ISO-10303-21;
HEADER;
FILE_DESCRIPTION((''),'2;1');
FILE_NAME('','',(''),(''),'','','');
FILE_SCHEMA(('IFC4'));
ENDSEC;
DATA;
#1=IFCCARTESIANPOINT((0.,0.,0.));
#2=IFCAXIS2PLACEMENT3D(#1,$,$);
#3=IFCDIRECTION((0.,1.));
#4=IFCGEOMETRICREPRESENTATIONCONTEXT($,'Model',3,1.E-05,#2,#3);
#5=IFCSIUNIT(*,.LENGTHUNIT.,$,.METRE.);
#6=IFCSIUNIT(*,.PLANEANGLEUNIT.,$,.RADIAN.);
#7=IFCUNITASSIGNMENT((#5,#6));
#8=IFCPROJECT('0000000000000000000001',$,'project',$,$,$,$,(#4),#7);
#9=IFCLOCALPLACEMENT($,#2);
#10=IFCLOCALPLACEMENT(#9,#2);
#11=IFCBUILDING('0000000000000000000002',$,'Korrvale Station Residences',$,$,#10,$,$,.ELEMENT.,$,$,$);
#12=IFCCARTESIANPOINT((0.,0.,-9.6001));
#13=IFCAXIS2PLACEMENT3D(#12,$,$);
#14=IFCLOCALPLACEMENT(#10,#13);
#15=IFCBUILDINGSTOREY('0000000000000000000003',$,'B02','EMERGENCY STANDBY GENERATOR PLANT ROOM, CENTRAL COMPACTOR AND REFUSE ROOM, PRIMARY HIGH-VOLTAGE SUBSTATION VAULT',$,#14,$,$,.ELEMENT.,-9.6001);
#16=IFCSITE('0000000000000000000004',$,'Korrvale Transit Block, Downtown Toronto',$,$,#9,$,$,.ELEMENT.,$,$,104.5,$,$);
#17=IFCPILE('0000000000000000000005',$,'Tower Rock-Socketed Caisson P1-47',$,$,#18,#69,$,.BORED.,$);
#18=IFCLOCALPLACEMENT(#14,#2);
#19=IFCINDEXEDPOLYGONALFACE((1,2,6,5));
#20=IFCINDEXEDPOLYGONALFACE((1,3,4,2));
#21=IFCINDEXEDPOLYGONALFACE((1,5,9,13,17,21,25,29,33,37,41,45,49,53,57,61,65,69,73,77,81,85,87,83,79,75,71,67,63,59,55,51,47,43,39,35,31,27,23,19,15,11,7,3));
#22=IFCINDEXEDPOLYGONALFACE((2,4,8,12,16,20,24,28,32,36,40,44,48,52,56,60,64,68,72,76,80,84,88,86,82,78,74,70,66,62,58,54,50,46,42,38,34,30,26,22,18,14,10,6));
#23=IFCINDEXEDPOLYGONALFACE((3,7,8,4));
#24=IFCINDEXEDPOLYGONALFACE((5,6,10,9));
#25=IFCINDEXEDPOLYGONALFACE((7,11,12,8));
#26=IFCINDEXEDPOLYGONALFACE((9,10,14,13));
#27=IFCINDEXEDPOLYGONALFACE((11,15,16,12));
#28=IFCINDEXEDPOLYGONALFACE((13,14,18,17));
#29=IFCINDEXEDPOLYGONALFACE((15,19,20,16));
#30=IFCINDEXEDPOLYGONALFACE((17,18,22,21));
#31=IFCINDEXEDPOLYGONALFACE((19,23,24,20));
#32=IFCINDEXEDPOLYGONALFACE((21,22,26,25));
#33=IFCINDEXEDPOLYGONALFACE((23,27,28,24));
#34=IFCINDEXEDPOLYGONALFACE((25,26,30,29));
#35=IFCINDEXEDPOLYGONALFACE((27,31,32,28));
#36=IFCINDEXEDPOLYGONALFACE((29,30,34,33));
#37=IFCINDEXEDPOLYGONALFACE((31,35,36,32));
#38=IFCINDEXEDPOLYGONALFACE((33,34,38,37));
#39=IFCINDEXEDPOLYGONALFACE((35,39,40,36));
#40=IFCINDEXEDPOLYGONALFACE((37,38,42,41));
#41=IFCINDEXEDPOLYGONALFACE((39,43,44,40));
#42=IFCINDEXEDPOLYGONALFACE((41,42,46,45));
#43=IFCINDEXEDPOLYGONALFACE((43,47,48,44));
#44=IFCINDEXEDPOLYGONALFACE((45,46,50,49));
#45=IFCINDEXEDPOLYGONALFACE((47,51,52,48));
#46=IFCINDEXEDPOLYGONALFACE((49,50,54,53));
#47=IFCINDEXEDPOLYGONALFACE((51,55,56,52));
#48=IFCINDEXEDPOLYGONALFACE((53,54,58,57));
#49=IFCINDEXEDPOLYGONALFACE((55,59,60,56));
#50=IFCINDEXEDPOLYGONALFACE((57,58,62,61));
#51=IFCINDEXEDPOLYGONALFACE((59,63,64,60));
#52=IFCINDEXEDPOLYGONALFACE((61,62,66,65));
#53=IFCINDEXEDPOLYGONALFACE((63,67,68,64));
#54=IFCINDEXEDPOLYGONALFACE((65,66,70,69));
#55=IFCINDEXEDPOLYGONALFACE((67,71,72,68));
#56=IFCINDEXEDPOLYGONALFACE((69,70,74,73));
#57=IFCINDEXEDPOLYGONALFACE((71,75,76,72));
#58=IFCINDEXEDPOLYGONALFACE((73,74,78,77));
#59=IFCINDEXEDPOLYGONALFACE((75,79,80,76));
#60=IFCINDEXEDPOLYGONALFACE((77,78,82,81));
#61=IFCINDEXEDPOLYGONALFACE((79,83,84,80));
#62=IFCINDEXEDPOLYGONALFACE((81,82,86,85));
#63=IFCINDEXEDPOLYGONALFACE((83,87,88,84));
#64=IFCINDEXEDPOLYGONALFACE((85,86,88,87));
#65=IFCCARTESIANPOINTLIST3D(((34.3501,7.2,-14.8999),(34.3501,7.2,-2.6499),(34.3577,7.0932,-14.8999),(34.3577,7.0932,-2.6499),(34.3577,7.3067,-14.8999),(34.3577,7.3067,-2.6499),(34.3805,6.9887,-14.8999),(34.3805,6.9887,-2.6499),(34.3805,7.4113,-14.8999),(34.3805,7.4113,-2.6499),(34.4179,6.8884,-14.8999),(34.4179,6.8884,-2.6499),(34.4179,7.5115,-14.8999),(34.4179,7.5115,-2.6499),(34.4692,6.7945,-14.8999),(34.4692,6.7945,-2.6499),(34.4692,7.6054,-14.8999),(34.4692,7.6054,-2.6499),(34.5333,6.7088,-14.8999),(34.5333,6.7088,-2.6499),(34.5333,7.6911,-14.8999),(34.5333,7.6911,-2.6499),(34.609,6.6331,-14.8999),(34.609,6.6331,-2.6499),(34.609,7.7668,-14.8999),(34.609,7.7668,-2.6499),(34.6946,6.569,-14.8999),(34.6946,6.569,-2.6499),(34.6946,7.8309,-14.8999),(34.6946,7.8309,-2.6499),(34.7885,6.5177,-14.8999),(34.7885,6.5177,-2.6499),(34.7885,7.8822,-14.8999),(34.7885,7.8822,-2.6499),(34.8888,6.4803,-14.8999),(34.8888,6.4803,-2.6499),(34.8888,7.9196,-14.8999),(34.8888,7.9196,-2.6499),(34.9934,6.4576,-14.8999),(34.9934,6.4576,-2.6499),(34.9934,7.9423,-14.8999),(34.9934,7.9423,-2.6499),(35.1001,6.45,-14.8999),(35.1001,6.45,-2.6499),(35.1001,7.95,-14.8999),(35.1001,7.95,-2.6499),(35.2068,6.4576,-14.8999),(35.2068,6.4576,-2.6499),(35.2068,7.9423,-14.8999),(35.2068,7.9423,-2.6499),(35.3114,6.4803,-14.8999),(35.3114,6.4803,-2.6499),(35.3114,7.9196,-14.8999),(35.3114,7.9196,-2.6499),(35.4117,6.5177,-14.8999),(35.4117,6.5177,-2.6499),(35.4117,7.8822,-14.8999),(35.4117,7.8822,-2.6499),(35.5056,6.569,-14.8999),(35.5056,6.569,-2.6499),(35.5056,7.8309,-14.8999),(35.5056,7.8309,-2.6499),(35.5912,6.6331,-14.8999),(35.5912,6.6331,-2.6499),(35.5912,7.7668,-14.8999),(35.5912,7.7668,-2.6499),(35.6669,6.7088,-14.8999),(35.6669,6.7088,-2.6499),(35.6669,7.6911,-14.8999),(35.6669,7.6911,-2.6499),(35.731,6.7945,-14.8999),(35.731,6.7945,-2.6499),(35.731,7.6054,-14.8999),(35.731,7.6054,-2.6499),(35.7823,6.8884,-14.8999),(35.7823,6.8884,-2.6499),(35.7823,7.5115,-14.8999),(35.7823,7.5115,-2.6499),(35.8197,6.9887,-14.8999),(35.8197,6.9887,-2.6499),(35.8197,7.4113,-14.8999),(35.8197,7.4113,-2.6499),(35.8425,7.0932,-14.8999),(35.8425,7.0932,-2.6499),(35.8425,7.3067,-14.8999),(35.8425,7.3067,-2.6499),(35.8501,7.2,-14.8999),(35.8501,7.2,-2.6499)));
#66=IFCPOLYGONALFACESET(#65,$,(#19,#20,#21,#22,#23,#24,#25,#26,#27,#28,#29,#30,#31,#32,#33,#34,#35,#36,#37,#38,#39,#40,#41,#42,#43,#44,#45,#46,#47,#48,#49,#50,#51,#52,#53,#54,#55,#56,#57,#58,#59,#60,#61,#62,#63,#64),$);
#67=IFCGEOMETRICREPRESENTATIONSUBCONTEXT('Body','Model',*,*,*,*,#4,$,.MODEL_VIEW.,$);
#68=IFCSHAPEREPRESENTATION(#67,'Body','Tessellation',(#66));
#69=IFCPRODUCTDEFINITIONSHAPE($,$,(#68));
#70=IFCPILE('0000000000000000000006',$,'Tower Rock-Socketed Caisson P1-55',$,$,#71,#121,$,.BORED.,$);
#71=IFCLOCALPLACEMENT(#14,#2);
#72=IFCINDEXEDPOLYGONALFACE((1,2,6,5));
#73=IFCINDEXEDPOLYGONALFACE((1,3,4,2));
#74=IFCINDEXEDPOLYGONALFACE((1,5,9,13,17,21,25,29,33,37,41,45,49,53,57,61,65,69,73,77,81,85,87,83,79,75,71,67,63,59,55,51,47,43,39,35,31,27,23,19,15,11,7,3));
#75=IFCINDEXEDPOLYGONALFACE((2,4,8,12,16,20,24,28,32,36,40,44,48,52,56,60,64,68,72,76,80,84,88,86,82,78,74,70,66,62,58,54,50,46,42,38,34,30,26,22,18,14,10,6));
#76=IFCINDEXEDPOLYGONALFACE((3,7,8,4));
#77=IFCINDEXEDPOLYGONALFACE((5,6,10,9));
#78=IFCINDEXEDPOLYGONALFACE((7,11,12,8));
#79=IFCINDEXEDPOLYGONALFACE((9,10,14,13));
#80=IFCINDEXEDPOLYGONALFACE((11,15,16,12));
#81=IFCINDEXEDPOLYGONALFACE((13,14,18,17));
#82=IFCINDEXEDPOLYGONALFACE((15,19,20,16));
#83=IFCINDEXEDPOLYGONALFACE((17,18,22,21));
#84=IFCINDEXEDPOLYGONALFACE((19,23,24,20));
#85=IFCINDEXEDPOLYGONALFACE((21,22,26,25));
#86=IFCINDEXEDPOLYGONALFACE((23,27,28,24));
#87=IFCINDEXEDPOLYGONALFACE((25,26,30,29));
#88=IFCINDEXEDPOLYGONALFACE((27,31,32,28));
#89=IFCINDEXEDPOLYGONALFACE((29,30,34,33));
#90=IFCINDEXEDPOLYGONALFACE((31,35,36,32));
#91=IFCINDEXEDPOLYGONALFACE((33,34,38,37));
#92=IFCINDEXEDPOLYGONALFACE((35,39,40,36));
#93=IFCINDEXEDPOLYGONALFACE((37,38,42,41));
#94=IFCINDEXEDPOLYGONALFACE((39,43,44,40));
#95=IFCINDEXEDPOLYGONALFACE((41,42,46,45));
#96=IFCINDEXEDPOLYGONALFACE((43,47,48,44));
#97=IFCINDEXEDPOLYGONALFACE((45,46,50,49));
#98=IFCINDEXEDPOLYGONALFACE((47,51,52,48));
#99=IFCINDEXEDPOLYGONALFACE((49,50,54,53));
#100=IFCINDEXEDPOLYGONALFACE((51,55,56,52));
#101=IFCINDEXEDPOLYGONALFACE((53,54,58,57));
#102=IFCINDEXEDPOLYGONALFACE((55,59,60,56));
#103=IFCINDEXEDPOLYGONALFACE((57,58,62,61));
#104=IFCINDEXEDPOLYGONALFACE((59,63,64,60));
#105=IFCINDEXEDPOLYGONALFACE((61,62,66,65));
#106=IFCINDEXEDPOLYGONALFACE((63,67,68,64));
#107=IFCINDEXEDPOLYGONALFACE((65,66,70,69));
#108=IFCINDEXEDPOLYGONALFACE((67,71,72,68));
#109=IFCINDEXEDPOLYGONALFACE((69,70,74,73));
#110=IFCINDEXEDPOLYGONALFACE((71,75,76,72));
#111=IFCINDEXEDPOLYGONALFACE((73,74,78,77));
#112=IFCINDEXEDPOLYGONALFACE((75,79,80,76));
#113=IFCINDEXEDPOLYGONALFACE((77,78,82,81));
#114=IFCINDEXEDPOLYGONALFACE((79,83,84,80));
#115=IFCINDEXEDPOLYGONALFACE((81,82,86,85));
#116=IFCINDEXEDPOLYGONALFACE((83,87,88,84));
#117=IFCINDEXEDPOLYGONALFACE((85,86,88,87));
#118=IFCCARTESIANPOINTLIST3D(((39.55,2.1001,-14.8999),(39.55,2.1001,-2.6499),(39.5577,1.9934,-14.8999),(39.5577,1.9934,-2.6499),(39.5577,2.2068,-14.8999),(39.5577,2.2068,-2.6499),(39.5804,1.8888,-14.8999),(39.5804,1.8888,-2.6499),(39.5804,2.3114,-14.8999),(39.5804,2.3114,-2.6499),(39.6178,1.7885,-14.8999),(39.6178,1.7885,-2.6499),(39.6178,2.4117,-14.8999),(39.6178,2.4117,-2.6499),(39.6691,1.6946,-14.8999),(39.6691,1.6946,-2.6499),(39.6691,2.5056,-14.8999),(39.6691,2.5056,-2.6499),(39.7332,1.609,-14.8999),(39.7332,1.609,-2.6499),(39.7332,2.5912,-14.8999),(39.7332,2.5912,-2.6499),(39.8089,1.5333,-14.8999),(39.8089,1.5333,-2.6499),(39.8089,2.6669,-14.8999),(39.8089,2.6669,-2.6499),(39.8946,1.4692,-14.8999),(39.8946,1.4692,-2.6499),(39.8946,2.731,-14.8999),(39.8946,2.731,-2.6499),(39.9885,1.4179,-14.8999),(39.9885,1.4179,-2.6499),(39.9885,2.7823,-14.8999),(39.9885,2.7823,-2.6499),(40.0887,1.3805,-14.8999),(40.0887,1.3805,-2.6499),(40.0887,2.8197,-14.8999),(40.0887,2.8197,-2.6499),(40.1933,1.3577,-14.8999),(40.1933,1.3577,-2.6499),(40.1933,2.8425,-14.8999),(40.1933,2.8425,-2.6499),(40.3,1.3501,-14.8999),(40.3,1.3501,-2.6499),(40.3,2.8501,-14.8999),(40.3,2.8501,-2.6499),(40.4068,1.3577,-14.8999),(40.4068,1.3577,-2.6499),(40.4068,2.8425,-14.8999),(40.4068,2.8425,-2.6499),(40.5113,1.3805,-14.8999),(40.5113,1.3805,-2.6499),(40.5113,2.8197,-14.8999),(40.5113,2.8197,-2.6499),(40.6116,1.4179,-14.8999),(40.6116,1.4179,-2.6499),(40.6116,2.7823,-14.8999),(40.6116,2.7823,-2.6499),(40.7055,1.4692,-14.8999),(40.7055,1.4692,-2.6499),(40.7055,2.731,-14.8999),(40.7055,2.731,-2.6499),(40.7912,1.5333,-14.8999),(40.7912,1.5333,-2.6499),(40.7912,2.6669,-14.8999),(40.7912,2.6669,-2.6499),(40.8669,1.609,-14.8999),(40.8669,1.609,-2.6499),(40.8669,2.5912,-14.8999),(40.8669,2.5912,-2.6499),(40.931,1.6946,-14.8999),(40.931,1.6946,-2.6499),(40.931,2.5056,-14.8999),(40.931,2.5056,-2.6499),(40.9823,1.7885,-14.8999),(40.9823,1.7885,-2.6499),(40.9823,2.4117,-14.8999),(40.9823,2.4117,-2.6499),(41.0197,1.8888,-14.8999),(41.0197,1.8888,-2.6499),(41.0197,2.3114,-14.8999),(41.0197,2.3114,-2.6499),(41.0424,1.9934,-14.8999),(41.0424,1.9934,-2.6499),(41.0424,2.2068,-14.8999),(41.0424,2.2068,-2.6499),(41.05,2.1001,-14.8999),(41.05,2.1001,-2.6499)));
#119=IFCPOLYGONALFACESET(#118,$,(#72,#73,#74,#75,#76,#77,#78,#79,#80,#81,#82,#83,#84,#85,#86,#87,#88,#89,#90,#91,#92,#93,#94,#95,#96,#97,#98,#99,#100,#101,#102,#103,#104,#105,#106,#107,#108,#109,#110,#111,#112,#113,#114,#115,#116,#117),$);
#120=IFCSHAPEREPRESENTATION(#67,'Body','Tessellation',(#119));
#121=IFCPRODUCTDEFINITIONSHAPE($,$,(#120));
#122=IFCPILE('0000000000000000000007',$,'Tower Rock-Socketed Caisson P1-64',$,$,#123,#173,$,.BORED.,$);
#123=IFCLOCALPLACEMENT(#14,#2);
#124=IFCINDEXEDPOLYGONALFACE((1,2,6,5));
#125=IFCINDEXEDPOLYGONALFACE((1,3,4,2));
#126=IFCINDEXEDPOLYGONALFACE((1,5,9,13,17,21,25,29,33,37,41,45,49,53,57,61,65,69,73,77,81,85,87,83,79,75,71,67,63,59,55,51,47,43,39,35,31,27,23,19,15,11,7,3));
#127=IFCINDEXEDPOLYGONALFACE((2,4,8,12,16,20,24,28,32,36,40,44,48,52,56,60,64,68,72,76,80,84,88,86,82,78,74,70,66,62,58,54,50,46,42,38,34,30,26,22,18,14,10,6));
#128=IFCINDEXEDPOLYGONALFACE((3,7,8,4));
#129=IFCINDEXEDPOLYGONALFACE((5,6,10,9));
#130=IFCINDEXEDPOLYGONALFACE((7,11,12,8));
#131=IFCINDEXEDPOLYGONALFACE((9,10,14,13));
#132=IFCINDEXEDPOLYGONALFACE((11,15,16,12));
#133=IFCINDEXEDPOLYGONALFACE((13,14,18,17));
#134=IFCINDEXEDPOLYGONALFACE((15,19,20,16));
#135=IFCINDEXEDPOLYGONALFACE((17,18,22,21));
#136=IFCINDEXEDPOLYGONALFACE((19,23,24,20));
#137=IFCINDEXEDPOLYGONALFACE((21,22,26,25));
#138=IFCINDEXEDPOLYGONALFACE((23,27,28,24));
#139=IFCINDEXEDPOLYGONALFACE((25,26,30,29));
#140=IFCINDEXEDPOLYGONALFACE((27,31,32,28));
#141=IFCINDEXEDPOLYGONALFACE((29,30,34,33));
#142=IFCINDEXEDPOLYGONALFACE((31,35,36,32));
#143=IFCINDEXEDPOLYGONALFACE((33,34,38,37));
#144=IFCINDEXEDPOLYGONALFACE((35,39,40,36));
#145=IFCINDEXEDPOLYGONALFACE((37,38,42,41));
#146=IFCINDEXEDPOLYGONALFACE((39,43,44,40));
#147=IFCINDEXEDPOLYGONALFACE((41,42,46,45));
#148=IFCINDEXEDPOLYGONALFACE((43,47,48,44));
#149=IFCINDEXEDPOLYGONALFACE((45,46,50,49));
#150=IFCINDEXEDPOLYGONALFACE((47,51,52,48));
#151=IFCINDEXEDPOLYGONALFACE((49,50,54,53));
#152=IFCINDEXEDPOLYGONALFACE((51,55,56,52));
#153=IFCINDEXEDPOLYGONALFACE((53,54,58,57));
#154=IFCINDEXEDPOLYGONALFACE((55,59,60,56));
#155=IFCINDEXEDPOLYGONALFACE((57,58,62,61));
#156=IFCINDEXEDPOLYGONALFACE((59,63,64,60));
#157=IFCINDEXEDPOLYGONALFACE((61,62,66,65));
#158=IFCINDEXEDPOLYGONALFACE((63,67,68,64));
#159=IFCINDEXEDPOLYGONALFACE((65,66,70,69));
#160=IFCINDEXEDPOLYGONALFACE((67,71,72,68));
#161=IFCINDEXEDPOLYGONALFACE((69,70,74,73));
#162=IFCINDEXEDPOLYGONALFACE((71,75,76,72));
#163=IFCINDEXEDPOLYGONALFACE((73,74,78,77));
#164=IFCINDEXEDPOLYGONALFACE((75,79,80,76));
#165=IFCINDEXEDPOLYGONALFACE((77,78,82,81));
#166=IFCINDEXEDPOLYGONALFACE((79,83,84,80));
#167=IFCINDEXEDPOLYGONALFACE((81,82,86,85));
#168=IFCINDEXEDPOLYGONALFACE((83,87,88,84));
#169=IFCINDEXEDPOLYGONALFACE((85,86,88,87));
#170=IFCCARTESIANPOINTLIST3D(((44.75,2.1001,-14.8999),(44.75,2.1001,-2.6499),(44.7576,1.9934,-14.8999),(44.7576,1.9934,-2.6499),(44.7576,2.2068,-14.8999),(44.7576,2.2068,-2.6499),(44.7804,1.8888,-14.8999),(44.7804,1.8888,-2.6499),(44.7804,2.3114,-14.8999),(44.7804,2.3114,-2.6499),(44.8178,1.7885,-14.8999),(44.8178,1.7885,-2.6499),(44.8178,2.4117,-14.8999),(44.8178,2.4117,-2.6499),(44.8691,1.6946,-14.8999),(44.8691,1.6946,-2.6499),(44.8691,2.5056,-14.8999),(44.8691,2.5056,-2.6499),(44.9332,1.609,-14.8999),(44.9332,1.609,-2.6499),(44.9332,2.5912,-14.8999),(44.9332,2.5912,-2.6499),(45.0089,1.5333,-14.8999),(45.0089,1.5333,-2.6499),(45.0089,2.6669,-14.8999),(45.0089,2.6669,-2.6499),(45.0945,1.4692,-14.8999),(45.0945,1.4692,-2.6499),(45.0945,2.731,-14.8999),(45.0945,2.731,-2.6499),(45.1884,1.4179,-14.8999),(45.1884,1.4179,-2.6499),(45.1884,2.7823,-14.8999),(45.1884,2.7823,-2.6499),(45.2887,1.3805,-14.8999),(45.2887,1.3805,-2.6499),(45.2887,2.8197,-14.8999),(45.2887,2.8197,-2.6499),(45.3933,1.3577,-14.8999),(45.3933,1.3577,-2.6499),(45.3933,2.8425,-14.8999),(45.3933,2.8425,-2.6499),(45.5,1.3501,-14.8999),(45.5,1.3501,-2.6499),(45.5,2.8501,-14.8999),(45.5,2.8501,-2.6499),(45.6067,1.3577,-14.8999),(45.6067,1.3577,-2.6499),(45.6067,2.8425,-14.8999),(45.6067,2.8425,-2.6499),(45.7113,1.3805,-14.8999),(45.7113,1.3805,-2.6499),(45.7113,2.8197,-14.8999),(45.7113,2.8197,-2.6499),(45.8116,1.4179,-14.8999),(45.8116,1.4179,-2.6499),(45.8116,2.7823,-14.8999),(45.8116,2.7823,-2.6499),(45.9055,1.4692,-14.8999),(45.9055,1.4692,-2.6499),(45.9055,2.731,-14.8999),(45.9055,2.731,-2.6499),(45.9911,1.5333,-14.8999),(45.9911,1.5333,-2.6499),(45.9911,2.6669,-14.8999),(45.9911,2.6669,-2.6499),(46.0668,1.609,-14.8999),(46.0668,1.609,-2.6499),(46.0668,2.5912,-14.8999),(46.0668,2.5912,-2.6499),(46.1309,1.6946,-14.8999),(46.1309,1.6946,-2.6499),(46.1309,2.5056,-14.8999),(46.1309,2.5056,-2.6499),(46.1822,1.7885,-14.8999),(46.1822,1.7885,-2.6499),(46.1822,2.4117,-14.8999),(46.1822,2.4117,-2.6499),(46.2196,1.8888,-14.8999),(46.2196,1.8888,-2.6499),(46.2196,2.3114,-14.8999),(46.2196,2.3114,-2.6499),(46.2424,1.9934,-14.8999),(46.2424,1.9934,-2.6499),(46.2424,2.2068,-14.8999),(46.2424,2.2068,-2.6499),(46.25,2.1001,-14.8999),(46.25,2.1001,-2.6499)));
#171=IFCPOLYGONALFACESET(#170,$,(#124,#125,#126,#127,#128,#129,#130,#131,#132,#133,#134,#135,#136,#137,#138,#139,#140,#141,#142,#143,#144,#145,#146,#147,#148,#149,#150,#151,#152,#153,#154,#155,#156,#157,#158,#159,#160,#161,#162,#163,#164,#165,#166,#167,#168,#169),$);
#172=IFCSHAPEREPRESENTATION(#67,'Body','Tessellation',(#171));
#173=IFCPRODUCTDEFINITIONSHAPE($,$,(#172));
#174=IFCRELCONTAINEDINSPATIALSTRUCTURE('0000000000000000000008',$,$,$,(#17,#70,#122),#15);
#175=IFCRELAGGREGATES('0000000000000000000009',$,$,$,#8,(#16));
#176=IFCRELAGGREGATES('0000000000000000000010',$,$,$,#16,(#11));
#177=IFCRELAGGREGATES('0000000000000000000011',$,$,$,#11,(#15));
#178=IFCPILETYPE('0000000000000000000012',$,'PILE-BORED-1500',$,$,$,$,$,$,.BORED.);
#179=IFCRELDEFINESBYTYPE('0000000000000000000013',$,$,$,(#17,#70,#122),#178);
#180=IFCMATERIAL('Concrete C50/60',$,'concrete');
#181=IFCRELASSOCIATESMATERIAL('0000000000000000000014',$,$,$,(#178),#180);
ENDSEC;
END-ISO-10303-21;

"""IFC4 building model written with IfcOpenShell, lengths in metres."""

from ifc_helpers import new_model, si_unit, direction, frame, origin, origin_2d, place, context, subcontext, project, spatial, circle, extrude, material, material_profile, profile_set, type_object, element, save


model = new_model("IFC4")

# Units and contexts
model_context = context("Model", 3, precision=1e-05, world=origin(), true_north=direction((0.0, 1.0)))
body_context = subcontext(model_context, "Body", "Model", "MODEL_VIEW")
ifc_project = project(units=[si_unit("LENGTHUNIT", "METRE"), si_unit("PLANEANGLEUNIT", "RADIAN")], contexts=[model_context])

# Site, building, storey
site_placement = place(None, origin())
site = spatial("IfcSite", under=ifc_project, at=site_placement, Name="Korrvale Transit Block, Downtown Toronto", CompositionType="ELEMENT", RefElevation=104.5)
building_placement = place(site_placement, origin())
building = spatial("IfcBuilding", under=site, at=building_placement, Name="Korrvale Station Residences", CompositionType="ELEMENT")
storey_placement = place(building_placement, frame((0.0, 0.0, -9.6001)))
storey = spatial("IfcBuildingStorey", under=building, at=storey_placement, Name="B02", Description="EMERGENCY STANDBY GENERATOR PLANT ROOM, CENTRAL COMPACTOR AND REFUSE ROOM, PRIMARY HIGH-VOLTAGE SUBSTATION VAULT", CompositionType="ELEMENT", Elevation=-9.6001)

# Piles
ifc_material_1 = material(Name="Concrete C50/60", Category="concrete")
ifc_material_profile_1 = material_profile(ifc_material_1, circle(Radius=0.75, at=origin_2d()), Name="PILE1500")
ifc_profile_set_1 = profile_set([ifc_material_profile_1], Name="Concrete C50/60")
pile_type_1 = type_object("IfcPileType", Name="PILE-BORED-1500", PredefinedType="BORED", material=ifc_profile_set_1)
for number, where, z_axis, x_axis, name in (
    (1, (35.1001, 7.2, -2.6499), (0.0, 0.0, -1.0), (1.0, 0.0, 0.0), "Tower Rock-Socketed Caisson P1-47"),
    (2, (40.3, 2.1001, -2.6499), (0.0, 0.0, -1.0), (1.0, 0.0, 0.0), "Tower Rock-Socketed Caisson P1-55"),
    (3, (45.5, 2.1001, -2.6499), (0.0, 0.0, -1.0), (1.0, 0.0, 0.0), "Tower Rock-Socketed Caisson P1-64"),
):
    element("IfcPile", number, at=place(storey_placement, frame(where, z_axis=z_axis, x_axis=x_axis)), inside=storey, type_object=pile_type_1, Name=name, PredefinedType="BORED", context=body_context, shape_type="SweptSolid", body=[
        extrude(circle(Radius=0.75, at=origin_2d()), origin(), (0.0, 0.0, 1.0), 12.25),
    ])

save(model, "model.ifc")
